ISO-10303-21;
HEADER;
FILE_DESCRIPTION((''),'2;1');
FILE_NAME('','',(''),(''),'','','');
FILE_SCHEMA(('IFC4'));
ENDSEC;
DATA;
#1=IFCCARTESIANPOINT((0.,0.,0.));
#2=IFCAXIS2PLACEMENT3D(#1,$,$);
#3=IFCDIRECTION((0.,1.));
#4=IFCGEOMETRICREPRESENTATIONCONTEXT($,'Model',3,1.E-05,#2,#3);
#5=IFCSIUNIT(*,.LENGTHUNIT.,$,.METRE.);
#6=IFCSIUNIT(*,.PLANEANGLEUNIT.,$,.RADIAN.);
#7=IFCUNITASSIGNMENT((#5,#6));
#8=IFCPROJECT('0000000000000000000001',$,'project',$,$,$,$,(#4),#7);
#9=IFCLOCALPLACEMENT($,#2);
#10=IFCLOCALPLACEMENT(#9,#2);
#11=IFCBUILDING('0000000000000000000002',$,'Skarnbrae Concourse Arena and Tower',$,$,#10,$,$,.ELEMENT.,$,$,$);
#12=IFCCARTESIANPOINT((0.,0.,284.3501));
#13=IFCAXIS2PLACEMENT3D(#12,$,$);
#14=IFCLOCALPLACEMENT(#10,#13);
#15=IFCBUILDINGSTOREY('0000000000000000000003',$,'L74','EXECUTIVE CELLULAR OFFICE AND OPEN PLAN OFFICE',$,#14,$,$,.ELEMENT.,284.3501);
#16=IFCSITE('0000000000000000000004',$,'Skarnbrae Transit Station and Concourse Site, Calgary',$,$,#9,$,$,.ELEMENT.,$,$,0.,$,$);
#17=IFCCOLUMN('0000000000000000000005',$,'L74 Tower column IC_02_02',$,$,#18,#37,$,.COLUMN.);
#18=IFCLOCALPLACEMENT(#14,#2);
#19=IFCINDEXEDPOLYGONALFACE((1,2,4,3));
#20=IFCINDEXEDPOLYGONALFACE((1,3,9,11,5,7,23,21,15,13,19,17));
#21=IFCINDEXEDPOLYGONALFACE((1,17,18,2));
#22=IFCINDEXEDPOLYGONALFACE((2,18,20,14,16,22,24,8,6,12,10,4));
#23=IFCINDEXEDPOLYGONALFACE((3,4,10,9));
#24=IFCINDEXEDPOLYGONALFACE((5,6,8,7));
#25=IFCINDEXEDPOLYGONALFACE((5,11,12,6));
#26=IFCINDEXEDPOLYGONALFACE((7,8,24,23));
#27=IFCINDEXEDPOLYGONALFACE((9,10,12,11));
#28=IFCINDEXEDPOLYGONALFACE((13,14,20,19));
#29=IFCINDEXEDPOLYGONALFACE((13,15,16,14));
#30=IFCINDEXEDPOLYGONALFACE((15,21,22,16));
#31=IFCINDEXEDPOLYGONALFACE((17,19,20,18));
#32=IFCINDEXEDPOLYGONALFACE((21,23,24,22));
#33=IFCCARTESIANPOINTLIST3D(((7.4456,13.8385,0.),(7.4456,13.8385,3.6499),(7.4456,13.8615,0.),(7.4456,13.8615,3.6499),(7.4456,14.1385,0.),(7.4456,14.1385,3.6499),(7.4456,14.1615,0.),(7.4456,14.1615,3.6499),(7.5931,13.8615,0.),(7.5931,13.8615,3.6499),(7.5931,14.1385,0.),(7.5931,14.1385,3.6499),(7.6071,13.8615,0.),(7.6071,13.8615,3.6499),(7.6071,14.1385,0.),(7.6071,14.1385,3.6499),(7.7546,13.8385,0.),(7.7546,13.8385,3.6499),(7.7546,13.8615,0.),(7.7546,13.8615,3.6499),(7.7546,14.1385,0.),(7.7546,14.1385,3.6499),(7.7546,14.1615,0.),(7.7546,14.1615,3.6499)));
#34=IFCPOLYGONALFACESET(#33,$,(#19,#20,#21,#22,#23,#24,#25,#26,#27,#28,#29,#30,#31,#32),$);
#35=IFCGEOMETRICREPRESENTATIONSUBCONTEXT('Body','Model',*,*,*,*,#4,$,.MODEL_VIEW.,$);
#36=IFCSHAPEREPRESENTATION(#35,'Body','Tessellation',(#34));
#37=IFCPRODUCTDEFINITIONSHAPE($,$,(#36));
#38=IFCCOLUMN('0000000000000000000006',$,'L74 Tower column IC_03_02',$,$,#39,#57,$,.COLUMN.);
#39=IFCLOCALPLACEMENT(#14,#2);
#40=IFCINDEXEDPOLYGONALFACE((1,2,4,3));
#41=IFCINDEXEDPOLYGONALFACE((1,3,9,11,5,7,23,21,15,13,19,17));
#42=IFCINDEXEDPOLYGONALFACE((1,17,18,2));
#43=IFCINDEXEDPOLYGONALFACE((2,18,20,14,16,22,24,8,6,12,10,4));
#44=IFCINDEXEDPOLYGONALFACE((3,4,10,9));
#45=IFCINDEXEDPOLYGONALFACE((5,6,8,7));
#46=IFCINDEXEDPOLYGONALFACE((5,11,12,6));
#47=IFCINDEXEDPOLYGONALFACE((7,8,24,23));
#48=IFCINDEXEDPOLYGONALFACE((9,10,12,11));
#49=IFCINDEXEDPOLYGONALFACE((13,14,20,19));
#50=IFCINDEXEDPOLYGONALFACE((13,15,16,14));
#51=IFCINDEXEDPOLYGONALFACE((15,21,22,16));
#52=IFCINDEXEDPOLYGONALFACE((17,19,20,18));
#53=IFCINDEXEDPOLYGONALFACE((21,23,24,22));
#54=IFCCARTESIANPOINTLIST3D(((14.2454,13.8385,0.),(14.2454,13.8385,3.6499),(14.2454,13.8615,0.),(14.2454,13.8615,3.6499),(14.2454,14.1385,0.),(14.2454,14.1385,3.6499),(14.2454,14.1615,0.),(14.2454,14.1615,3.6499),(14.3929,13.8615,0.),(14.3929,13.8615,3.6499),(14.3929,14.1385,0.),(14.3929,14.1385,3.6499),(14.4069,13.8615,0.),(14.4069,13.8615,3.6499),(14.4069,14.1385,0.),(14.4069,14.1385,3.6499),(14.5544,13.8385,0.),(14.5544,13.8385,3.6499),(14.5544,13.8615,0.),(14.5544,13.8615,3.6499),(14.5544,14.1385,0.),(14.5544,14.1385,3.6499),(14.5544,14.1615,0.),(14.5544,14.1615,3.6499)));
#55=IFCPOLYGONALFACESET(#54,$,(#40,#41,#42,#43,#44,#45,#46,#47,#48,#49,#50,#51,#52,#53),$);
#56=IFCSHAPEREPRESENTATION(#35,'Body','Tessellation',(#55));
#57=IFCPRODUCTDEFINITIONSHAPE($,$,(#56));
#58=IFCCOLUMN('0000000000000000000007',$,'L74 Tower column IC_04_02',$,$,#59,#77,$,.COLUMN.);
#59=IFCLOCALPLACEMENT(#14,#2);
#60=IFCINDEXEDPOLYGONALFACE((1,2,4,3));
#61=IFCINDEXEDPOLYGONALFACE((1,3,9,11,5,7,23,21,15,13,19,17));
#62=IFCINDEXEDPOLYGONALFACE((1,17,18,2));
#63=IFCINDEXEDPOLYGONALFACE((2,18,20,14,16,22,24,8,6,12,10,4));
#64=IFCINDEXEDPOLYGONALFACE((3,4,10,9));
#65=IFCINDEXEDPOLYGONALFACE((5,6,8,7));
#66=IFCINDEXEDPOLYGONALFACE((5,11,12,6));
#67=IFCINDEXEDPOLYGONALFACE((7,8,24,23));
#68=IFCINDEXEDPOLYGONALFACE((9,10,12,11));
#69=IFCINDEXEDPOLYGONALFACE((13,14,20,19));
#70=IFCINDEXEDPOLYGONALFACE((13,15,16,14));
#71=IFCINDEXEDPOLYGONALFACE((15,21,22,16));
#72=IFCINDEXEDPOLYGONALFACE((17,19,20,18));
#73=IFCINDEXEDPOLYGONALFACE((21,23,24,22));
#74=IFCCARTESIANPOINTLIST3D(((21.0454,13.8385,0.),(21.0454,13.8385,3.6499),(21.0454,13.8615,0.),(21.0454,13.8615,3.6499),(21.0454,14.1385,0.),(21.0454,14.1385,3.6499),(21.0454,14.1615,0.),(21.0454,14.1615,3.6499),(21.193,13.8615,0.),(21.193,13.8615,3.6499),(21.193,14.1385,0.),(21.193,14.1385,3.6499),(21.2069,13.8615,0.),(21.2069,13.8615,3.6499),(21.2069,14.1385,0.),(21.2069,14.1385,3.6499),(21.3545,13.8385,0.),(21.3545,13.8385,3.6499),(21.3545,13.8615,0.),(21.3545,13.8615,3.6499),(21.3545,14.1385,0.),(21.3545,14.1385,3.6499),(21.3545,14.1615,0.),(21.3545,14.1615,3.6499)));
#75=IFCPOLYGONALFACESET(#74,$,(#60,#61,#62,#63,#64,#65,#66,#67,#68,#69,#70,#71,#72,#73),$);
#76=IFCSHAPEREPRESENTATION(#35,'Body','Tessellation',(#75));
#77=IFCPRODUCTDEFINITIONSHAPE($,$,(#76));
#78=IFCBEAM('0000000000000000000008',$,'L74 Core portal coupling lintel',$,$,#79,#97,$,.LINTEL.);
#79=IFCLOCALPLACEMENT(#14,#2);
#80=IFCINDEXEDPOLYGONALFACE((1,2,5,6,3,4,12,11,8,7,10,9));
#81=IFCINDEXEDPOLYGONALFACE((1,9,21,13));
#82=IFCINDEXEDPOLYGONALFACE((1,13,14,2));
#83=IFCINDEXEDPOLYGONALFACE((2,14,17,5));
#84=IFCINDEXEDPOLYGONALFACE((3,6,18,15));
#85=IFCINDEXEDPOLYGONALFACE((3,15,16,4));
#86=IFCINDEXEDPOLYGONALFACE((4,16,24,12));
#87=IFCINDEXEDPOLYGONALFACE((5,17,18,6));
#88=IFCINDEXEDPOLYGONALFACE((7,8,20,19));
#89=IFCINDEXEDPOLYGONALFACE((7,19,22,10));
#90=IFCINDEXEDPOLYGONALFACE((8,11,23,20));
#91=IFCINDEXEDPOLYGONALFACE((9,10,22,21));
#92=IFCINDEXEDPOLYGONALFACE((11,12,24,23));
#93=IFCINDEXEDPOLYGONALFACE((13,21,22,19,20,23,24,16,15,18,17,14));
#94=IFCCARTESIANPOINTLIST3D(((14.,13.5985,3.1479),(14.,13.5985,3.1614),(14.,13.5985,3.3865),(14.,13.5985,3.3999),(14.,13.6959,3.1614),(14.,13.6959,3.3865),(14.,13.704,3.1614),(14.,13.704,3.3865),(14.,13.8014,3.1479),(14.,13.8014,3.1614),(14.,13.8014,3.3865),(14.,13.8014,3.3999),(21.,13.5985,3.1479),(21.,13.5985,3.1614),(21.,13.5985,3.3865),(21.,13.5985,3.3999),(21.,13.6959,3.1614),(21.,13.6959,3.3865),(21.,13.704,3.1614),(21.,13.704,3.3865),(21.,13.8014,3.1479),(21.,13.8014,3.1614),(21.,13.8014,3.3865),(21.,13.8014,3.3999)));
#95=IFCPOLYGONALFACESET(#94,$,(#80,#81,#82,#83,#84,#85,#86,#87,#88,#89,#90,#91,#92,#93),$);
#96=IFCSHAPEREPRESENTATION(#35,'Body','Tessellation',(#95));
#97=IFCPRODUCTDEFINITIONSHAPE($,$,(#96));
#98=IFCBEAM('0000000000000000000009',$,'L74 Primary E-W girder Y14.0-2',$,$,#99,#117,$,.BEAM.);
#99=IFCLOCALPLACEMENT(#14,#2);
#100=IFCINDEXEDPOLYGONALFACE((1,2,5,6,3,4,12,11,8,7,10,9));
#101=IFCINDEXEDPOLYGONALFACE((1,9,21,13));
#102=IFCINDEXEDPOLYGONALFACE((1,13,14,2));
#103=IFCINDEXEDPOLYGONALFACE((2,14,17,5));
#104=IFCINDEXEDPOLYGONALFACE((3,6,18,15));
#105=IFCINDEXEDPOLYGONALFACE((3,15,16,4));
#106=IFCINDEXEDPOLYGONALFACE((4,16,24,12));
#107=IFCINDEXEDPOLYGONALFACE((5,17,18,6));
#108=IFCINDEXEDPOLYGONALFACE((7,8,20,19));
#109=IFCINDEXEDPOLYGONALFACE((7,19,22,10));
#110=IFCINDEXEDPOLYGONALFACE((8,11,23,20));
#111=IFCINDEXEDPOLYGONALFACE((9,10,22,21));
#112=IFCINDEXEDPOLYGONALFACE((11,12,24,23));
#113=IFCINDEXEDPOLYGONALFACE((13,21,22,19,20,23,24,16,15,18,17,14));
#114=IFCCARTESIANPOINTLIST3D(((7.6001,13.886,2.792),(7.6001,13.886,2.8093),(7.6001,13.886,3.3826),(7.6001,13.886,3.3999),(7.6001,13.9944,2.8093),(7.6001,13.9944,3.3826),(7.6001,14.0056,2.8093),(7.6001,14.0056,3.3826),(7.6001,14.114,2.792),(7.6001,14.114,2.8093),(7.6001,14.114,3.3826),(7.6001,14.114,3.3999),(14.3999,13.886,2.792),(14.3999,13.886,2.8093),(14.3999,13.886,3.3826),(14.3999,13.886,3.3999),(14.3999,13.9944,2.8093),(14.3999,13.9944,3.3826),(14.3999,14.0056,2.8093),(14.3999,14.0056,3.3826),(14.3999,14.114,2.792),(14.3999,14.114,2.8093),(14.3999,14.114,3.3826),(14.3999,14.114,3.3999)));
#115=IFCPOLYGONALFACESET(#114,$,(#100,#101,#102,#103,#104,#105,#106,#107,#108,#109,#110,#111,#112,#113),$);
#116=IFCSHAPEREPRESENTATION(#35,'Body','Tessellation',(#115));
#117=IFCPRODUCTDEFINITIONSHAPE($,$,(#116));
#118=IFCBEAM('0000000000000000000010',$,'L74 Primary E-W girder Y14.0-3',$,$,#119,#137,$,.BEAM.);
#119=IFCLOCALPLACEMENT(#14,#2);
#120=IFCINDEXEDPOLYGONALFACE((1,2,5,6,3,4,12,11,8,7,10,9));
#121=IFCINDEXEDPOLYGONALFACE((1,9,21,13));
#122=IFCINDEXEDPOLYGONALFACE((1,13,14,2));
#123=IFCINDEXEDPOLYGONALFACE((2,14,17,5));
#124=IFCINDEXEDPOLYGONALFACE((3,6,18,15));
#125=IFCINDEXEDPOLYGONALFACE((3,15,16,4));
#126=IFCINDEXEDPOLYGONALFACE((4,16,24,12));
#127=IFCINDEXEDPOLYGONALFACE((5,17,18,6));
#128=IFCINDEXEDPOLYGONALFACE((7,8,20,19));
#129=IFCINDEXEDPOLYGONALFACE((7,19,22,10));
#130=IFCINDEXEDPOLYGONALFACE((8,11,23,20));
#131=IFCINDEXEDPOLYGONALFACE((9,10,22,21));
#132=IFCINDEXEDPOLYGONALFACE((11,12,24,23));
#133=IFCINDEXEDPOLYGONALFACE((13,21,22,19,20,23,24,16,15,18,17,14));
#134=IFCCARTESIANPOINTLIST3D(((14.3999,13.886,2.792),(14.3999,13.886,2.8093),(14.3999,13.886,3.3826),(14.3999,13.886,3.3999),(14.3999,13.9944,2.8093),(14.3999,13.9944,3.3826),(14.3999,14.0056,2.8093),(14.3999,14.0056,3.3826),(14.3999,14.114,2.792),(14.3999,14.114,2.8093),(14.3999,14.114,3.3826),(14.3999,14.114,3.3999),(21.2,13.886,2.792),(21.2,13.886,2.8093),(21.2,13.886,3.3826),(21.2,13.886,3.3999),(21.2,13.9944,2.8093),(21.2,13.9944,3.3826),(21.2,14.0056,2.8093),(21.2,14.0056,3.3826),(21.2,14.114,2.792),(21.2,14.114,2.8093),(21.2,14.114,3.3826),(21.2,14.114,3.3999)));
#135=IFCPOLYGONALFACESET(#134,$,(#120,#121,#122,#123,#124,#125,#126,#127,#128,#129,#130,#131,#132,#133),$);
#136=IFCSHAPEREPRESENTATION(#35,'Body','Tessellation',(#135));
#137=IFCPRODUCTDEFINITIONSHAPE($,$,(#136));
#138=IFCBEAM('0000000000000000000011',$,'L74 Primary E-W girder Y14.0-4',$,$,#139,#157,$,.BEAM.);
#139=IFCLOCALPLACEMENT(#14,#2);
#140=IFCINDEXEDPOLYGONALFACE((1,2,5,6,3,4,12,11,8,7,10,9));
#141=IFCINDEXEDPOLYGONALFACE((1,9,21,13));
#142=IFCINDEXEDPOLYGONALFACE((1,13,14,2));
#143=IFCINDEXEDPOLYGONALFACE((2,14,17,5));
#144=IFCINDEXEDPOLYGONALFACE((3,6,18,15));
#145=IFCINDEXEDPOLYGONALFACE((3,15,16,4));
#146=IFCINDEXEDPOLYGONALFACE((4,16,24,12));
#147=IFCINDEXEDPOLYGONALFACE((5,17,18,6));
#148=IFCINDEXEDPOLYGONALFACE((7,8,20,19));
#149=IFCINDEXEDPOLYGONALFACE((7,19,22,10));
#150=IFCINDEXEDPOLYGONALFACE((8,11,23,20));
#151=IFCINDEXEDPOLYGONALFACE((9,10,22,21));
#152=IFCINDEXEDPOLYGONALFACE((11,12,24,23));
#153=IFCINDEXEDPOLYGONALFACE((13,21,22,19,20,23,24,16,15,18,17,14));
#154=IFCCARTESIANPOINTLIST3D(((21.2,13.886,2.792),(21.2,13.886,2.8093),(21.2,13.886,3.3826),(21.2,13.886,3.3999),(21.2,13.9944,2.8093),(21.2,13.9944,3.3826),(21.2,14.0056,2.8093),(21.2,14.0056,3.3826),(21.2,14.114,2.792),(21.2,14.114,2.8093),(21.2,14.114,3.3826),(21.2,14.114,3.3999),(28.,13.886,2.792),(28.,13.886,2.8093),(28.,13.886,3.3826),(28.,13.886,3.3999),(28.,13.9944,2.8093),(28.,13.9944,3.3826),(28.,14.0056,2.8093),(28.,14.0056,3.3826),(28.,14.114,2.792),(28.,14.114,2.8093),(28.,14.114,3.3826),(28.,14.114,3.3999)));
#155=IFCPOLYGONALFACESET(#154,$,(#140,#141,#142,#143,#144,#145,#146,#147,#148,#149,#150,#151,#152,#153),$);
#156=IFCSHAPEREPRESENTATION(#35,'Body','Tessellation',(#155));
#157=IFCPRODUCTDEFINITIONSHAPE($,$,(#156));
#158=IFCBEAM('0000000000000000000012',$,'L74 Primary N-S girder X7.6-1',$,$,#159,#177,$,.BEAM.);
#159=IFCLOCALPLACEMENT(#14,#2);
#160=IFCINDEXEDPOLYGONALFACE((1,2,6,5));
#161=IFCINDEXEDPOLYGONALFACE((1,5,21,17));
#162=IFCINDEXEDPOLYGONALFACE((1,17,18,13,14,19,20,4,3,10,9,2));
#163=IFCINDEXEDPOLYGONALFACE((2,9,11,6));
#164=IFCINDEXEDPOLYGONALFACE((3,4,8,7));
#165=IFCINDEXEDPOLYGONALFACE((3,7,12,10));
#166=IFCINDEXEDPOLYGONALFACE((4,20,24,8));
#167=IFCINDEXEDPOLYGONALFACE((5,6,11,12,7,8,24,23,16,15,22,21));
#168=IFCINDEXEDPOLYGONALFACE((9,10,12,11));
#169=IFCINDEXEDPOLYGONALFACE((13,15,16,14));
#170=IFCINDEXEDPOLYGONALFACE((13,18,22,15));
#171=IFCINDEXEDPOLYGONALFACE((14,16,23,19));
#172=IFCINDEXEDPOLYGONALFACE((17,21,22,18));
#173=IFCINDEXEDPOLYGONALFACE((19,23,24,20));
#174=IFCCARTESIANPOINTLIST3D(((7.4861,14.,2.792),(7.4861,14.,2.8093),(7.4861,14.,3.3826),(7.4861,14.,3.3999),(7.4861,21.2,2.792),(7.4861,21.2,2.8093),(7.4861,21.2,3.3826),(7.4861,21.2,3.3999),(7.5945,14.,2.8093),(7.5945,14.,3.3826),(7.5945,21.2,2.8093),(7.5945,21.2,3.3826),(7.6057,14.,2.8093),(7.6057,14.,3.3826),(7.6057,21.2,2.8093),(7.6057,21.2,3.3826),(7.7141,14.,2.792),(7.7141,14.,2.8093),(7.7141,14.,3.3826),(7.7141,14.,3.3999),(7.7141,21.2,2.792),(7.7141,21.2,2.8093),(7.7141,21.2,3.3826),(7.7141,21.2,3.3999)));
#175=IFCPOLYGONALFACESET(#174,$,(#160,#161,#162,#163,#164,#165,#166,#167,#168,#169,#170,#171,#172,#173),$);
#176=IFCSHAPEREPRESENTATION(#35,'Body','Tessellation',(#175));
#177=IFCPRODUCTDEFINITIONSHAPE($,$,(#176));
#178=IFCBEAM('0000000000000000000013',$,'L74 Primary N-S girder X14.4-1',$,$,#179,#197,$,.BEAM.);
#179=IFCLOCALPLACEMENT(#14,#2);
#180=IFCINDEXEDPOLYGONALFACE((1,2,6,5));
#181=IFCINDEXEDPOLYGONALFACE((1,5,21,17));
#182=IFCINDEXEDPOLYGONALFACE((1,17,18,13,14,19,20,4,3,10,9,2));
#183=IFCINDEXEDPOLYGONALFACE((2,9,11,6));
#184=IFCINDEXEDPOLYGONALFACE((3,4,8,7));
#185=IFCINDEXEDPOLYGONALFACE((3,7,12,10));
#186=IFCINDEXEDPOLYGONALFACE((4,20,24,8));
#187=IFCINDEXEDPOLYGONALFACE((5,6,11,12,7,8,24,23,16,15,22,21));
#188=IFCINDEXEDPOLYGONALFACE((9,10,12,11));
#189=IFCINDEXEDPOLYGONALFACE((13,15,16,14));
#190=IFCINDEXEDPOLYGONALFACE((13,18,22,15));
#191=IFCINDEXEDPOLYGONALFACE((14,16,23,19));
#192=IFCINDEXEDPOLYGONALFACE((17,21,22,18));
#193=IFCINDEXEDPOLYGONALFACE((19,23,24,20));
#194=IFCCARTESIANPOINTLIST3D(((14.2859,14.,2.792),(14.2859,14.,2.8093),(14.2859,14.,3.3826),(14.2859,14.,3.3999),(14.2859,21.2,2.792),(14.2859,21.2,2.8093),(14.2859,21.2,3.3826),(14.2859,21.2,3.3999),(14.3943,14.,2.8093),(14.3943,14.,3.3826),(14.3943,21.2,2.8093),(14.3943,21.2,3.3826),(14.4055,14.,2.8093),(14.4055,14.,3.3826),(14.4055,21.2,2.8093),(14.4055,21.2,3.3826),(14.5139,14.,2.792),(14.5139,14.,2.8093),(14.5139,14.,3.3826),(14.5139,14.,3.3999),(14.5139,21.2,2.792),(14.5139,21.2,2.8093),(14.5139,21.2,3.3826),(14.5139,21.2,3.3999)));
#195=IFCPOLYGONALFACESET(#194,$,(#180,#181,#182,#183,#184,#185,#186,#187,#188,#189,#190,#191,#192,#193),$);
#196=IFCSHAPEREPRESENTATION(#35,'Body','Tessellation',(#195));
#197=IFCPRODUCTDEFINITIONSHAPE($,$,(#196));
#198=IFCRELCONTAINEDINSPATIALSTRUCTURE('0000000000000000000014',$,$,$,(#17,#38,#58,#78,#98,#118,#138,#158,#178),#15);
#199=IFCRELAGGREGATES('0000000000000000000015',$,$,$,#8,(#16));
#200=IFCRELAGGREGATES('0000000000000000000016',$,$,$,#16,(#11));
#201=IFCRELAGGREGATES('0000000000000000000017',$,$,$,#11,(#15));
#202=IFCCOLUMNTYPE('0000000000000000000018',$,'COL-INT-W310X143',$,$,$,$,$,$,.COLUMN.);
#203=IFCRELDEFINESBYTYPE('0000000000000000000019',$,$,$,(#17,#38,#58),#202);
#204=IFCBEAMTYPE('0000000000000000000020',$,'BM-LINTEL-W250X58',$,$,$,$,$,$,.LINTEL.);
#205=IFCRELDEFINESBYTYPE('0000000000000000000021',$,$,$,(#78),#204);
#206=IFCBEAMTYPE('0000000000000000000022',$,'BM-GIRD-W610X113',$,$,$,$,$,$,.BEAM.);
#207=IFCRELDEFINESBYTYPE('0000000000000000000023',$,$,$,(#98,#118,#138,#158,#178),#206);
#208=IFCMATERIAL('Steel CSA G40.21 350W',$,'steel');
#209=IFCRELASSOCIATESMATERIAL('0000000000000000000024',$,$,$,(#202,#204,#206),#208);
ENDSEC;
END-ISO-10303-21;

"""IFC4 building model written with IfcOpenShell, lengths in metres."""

from ifc_helpers import new_model, si_unit, direction, frame, origin, origin_2d, place, context, subcontext, project, spatial, i_section, extrude, source, transform, mapped, material, material_profile, profile_set, type_object, element, save


model = new_model("IFC4")

# Units and contexts
model_context = context("Model", 3, precision=1e-05, world=origin(), true_north=direction((0.0, 1.0)))
body_context = subcontext(model_context, "Body", "Model", "MODEL_VIEW")
ifc_project = project(units=[si_unit("LENGTHUNIT", "METRE"), si_unit("PLANEANGLEUNIT", "RADIAN")], contexts=[model_context])

# Site, building, storey
site_placement = place(None, origin())
site = spatial("IfcSite", under=ifc_project, at=site_placement, Name="Skarnbrae Transit Station and Concourse Site, Calgary", CompositionType="ELEMENT", RefElevation=0.0)
building_placement = place(site_placement, origin())
building = spatial("IfcBuilding", under=site, at=building_placement, Name="Skarnbrae Concourse Arena and Tower", CompositionType="ELEMENT")
storey_placement = place(building_placement, frame((0.0, 0.0, 284.3501)))
storey = spatial("IfcBuildingStorey", under=building, at=storey_placement, Name="L74", Description="EXECUTIVE CELLULAR OFFICE AND OPEN PLAN OFFICE", CompositionType="ELEMENT", Elevation=284.3501)

# Columns
ifc_material_1 = material(Name="Steel CSA G40.21 350W", Category="steel")
ifc_material_profile_1 = material_profile(ifc_material_1, i_section(OverallWidth=0.3091, OverallDepth=0.323, WebThickness=0.0139, FlangeThickness=0.0229, at=origin_2d()), Name="W310X143")
ifc_profile_set_1 = profile_set([ifc_material_profile_1], Name="Steel CSA G40.21 350W")
column_type = type_object("IfcColumnType", Name="COL-INT-W310X143", PredefinedType="COLUMN", material=ifc_profile_set_1)
shared_shape_1 = source(origin(), body_context, "Body", "SweptSolid", [
    extrude(i_section(OverallWidth=0.3091, OverallDepth=0.323, WebThickness=0.0139, FlangeThickness=0.0229, at=origin_2d()), origin(), (0.0, 0.0, 1.0), 3.6499),
])
for number, where, z_axis, x_axis, name in (
    (1, (7.6001, 14.0, 0.0), (0.0, 0.0, 1.0), (1.0, 0.0, 0.0), "L74 Tower column IC_02_02"),
    (2, (14.3999, 14.0, 0.0), (0.0, 0.0, 1.0), (1.0, 0.0, 0.0), "L74 Tower column IC_03_02"),
    (3, (21.2, 14.0, 0.0), (0.0, 0.0, 1.0), (1.0, 0.0, 0.0), "L74 Tower column IC_04_02"),
):
    element("IfcColumn", number, at=place(storey_placement, frame(where, z_axis=z_axis, x_axis=x_axis)), inside=storey, type_object=column_type, Name=name, PredefinedType="COLUMN", context=body_context, shape_type="MappedRepresentation", body=[
        mapped(shared_shape_1, transform((0.0, 0.0, 0.0))),
    ])

# Beams
ifc_material_profile_2 = material_profile(ifc_material_1, i_section(OverallWidth=0.2029, OverallDepth=0.252, WebThickness=0.0081, FlangeThickness=0.0134, at=origin_2d()), Name="W250X58")
ifc_profile_set_2 = profile_set([ifc_material_profile_2], Name="Steel CSA G40.21 350W")
beam_type_1 = type_object("IfcBeamType", Name="BM-LINTEL-W250X58", PredefinedType="LINTEL", material=ifc_profile_set_2)
shared_shape_2 = source(origin(), body_context, "Body", "SweptSolid", [
    extrude(i_section(OverallWidth=0.2029, OverallDepth=0.252, WebThickness=0.0081, FlangeThickness=0.0134, at=origin_2d()), origin(), (0.0, 0.0, 1.0), 7.0),
])
beam_1_placement = place(storey_placement, frame((14.0, 13.7, 3.2739), z_axis=(1.0, 0.0, 0.0), x_axis=(0.0, 1.0, 0.0)))
element("IfcBeam", 4, at=beam_1_placement, inside=storey, type_object=beam_type_1, Name="L74 Core portal coupling lintel", PredefinedType="LINTEL", context=body_context, shape_type="MappedRepresentation", body=[
    mapped(shared_shape_2, transform((0.0, 0.0, 0.0))),
])
ifc_material_profile_3 = material_profile(ifc_material_1, i_section(OverallWidth=0.228, OverallDepth=0.6079, WebThickness=0.0112, FlangeThickness=0.0173, at=origin_2d()), Name="W610X113")
ifc_profile_set_3 = profile_set([ifc_material_profile_3], Name="Steel CSA G40.21 350W")
beam_type_2 = type_object("IfcBeamType", Name="BM-GIRD-W610X113", PredefinedType="BEAM", material=ifc_profile_set_3)
shared_shape_3 = source(origin(), body_context, "Body", "SweptSolid", [
    extrude(i_section(OverallWidth=0.228, OverallDepth=0.6079, WebThickness=0.0112, FlangeThickness=0.0173, at=origin_2d()), origin(), (0.0, 0.0, 1.0), 6.7998),
])
beam_2_placement = place(storey_placement, frame((7.6001, 14.0, 3.0959), z_axis=(1.0, 0.0, 0.0), x_axis=(0.0, 1.0, 0.0)))
element("IfcBeam", 5, at=beam_2_placement, inside=storey, type_object=beam_type_2, Name="L74 Primary E-W girder Y14.0-2", PredefinedType="BEAM", context=body_context, shape_type="MappedRepresentation", body=[
    mapped(shared_shape_3, transform((0.0, 0.0, 0.0))),
])
shared_shape_4 = source(origin(), body_context, "Body", "SweptSolid", [
    extrude(i_section(OverallWidth=0.228, OverallDepth=0.6079, WebThickness=0.0112, FlangeThickness=0.0173, at=origin_2d()), origin(), (0.0, 0.0, 1.0), 6.8),
])
for number, where, z_axis, x_axis, name in (
    (6, (14.3999, 14.0, 3.0959), (1.0, 0.0, 0.0), (0.0, 1.0, 0.0), "L74 Primary E-W girder Y14.0-3"),
    (7, (21.2, 14.0, 3.0959), (1.0, 0.0, 0.0), (0.0, 1.0, 0.0), "L74 Primary E-W girder Y14.0-4"),
):
    element("IfcBeam", number, at=place(storey_placement, frame(where, z_axis=z_axis, x_axis=x_axis)), inside=storey, type_object=beam_type_2, Name=name, PredefinedType="BEAM", context=body_context, shape_type="MappedRepresentation", body=[
        mapped(shared_shape_4, transform((0.0, 0.0, 0.0))),
    ])
shared_shape_5 = source(origin(), body_context, "Body", "SweptSolid", [
    extrude(i_section(OverallWidth=0.228, OverallDepth=0.6079, WebThickness=0.0112, FlangeThickness=0.0173, at=origin_2d()), origin(), (0.0, 0.0, 1.0), 7.2),
])
for number, where, z_axis, x_axis, name in (
    (8, (7.6001, 14.0, 3.0959), (0.0, 1.0, 0.0), (-1.0, 0.0, 0.0), "L74 Primary N-S girder X7.6-1"),
    (9, (14.3999, 14.0, 3.0959), (0.0, 1.0, 0.0), (-1.0, 0.0, 0.0), "L74 Primary N-S girder X14.4-1"),
):
    element("IfcBeam", number, at=place(storey_placement, frame(where, z_axis=z_axis, x_axis=x_axis)), inside=storey, type_object=beam_type_2, Name=name, PredefinedType="BEAM", context=body_context, shape_type="MappedRepresentation", body=[
        mapped(shared_shape_5, transform((0.0, 0.0, 0.0))),
    ])

save(model, "model.ifc")
